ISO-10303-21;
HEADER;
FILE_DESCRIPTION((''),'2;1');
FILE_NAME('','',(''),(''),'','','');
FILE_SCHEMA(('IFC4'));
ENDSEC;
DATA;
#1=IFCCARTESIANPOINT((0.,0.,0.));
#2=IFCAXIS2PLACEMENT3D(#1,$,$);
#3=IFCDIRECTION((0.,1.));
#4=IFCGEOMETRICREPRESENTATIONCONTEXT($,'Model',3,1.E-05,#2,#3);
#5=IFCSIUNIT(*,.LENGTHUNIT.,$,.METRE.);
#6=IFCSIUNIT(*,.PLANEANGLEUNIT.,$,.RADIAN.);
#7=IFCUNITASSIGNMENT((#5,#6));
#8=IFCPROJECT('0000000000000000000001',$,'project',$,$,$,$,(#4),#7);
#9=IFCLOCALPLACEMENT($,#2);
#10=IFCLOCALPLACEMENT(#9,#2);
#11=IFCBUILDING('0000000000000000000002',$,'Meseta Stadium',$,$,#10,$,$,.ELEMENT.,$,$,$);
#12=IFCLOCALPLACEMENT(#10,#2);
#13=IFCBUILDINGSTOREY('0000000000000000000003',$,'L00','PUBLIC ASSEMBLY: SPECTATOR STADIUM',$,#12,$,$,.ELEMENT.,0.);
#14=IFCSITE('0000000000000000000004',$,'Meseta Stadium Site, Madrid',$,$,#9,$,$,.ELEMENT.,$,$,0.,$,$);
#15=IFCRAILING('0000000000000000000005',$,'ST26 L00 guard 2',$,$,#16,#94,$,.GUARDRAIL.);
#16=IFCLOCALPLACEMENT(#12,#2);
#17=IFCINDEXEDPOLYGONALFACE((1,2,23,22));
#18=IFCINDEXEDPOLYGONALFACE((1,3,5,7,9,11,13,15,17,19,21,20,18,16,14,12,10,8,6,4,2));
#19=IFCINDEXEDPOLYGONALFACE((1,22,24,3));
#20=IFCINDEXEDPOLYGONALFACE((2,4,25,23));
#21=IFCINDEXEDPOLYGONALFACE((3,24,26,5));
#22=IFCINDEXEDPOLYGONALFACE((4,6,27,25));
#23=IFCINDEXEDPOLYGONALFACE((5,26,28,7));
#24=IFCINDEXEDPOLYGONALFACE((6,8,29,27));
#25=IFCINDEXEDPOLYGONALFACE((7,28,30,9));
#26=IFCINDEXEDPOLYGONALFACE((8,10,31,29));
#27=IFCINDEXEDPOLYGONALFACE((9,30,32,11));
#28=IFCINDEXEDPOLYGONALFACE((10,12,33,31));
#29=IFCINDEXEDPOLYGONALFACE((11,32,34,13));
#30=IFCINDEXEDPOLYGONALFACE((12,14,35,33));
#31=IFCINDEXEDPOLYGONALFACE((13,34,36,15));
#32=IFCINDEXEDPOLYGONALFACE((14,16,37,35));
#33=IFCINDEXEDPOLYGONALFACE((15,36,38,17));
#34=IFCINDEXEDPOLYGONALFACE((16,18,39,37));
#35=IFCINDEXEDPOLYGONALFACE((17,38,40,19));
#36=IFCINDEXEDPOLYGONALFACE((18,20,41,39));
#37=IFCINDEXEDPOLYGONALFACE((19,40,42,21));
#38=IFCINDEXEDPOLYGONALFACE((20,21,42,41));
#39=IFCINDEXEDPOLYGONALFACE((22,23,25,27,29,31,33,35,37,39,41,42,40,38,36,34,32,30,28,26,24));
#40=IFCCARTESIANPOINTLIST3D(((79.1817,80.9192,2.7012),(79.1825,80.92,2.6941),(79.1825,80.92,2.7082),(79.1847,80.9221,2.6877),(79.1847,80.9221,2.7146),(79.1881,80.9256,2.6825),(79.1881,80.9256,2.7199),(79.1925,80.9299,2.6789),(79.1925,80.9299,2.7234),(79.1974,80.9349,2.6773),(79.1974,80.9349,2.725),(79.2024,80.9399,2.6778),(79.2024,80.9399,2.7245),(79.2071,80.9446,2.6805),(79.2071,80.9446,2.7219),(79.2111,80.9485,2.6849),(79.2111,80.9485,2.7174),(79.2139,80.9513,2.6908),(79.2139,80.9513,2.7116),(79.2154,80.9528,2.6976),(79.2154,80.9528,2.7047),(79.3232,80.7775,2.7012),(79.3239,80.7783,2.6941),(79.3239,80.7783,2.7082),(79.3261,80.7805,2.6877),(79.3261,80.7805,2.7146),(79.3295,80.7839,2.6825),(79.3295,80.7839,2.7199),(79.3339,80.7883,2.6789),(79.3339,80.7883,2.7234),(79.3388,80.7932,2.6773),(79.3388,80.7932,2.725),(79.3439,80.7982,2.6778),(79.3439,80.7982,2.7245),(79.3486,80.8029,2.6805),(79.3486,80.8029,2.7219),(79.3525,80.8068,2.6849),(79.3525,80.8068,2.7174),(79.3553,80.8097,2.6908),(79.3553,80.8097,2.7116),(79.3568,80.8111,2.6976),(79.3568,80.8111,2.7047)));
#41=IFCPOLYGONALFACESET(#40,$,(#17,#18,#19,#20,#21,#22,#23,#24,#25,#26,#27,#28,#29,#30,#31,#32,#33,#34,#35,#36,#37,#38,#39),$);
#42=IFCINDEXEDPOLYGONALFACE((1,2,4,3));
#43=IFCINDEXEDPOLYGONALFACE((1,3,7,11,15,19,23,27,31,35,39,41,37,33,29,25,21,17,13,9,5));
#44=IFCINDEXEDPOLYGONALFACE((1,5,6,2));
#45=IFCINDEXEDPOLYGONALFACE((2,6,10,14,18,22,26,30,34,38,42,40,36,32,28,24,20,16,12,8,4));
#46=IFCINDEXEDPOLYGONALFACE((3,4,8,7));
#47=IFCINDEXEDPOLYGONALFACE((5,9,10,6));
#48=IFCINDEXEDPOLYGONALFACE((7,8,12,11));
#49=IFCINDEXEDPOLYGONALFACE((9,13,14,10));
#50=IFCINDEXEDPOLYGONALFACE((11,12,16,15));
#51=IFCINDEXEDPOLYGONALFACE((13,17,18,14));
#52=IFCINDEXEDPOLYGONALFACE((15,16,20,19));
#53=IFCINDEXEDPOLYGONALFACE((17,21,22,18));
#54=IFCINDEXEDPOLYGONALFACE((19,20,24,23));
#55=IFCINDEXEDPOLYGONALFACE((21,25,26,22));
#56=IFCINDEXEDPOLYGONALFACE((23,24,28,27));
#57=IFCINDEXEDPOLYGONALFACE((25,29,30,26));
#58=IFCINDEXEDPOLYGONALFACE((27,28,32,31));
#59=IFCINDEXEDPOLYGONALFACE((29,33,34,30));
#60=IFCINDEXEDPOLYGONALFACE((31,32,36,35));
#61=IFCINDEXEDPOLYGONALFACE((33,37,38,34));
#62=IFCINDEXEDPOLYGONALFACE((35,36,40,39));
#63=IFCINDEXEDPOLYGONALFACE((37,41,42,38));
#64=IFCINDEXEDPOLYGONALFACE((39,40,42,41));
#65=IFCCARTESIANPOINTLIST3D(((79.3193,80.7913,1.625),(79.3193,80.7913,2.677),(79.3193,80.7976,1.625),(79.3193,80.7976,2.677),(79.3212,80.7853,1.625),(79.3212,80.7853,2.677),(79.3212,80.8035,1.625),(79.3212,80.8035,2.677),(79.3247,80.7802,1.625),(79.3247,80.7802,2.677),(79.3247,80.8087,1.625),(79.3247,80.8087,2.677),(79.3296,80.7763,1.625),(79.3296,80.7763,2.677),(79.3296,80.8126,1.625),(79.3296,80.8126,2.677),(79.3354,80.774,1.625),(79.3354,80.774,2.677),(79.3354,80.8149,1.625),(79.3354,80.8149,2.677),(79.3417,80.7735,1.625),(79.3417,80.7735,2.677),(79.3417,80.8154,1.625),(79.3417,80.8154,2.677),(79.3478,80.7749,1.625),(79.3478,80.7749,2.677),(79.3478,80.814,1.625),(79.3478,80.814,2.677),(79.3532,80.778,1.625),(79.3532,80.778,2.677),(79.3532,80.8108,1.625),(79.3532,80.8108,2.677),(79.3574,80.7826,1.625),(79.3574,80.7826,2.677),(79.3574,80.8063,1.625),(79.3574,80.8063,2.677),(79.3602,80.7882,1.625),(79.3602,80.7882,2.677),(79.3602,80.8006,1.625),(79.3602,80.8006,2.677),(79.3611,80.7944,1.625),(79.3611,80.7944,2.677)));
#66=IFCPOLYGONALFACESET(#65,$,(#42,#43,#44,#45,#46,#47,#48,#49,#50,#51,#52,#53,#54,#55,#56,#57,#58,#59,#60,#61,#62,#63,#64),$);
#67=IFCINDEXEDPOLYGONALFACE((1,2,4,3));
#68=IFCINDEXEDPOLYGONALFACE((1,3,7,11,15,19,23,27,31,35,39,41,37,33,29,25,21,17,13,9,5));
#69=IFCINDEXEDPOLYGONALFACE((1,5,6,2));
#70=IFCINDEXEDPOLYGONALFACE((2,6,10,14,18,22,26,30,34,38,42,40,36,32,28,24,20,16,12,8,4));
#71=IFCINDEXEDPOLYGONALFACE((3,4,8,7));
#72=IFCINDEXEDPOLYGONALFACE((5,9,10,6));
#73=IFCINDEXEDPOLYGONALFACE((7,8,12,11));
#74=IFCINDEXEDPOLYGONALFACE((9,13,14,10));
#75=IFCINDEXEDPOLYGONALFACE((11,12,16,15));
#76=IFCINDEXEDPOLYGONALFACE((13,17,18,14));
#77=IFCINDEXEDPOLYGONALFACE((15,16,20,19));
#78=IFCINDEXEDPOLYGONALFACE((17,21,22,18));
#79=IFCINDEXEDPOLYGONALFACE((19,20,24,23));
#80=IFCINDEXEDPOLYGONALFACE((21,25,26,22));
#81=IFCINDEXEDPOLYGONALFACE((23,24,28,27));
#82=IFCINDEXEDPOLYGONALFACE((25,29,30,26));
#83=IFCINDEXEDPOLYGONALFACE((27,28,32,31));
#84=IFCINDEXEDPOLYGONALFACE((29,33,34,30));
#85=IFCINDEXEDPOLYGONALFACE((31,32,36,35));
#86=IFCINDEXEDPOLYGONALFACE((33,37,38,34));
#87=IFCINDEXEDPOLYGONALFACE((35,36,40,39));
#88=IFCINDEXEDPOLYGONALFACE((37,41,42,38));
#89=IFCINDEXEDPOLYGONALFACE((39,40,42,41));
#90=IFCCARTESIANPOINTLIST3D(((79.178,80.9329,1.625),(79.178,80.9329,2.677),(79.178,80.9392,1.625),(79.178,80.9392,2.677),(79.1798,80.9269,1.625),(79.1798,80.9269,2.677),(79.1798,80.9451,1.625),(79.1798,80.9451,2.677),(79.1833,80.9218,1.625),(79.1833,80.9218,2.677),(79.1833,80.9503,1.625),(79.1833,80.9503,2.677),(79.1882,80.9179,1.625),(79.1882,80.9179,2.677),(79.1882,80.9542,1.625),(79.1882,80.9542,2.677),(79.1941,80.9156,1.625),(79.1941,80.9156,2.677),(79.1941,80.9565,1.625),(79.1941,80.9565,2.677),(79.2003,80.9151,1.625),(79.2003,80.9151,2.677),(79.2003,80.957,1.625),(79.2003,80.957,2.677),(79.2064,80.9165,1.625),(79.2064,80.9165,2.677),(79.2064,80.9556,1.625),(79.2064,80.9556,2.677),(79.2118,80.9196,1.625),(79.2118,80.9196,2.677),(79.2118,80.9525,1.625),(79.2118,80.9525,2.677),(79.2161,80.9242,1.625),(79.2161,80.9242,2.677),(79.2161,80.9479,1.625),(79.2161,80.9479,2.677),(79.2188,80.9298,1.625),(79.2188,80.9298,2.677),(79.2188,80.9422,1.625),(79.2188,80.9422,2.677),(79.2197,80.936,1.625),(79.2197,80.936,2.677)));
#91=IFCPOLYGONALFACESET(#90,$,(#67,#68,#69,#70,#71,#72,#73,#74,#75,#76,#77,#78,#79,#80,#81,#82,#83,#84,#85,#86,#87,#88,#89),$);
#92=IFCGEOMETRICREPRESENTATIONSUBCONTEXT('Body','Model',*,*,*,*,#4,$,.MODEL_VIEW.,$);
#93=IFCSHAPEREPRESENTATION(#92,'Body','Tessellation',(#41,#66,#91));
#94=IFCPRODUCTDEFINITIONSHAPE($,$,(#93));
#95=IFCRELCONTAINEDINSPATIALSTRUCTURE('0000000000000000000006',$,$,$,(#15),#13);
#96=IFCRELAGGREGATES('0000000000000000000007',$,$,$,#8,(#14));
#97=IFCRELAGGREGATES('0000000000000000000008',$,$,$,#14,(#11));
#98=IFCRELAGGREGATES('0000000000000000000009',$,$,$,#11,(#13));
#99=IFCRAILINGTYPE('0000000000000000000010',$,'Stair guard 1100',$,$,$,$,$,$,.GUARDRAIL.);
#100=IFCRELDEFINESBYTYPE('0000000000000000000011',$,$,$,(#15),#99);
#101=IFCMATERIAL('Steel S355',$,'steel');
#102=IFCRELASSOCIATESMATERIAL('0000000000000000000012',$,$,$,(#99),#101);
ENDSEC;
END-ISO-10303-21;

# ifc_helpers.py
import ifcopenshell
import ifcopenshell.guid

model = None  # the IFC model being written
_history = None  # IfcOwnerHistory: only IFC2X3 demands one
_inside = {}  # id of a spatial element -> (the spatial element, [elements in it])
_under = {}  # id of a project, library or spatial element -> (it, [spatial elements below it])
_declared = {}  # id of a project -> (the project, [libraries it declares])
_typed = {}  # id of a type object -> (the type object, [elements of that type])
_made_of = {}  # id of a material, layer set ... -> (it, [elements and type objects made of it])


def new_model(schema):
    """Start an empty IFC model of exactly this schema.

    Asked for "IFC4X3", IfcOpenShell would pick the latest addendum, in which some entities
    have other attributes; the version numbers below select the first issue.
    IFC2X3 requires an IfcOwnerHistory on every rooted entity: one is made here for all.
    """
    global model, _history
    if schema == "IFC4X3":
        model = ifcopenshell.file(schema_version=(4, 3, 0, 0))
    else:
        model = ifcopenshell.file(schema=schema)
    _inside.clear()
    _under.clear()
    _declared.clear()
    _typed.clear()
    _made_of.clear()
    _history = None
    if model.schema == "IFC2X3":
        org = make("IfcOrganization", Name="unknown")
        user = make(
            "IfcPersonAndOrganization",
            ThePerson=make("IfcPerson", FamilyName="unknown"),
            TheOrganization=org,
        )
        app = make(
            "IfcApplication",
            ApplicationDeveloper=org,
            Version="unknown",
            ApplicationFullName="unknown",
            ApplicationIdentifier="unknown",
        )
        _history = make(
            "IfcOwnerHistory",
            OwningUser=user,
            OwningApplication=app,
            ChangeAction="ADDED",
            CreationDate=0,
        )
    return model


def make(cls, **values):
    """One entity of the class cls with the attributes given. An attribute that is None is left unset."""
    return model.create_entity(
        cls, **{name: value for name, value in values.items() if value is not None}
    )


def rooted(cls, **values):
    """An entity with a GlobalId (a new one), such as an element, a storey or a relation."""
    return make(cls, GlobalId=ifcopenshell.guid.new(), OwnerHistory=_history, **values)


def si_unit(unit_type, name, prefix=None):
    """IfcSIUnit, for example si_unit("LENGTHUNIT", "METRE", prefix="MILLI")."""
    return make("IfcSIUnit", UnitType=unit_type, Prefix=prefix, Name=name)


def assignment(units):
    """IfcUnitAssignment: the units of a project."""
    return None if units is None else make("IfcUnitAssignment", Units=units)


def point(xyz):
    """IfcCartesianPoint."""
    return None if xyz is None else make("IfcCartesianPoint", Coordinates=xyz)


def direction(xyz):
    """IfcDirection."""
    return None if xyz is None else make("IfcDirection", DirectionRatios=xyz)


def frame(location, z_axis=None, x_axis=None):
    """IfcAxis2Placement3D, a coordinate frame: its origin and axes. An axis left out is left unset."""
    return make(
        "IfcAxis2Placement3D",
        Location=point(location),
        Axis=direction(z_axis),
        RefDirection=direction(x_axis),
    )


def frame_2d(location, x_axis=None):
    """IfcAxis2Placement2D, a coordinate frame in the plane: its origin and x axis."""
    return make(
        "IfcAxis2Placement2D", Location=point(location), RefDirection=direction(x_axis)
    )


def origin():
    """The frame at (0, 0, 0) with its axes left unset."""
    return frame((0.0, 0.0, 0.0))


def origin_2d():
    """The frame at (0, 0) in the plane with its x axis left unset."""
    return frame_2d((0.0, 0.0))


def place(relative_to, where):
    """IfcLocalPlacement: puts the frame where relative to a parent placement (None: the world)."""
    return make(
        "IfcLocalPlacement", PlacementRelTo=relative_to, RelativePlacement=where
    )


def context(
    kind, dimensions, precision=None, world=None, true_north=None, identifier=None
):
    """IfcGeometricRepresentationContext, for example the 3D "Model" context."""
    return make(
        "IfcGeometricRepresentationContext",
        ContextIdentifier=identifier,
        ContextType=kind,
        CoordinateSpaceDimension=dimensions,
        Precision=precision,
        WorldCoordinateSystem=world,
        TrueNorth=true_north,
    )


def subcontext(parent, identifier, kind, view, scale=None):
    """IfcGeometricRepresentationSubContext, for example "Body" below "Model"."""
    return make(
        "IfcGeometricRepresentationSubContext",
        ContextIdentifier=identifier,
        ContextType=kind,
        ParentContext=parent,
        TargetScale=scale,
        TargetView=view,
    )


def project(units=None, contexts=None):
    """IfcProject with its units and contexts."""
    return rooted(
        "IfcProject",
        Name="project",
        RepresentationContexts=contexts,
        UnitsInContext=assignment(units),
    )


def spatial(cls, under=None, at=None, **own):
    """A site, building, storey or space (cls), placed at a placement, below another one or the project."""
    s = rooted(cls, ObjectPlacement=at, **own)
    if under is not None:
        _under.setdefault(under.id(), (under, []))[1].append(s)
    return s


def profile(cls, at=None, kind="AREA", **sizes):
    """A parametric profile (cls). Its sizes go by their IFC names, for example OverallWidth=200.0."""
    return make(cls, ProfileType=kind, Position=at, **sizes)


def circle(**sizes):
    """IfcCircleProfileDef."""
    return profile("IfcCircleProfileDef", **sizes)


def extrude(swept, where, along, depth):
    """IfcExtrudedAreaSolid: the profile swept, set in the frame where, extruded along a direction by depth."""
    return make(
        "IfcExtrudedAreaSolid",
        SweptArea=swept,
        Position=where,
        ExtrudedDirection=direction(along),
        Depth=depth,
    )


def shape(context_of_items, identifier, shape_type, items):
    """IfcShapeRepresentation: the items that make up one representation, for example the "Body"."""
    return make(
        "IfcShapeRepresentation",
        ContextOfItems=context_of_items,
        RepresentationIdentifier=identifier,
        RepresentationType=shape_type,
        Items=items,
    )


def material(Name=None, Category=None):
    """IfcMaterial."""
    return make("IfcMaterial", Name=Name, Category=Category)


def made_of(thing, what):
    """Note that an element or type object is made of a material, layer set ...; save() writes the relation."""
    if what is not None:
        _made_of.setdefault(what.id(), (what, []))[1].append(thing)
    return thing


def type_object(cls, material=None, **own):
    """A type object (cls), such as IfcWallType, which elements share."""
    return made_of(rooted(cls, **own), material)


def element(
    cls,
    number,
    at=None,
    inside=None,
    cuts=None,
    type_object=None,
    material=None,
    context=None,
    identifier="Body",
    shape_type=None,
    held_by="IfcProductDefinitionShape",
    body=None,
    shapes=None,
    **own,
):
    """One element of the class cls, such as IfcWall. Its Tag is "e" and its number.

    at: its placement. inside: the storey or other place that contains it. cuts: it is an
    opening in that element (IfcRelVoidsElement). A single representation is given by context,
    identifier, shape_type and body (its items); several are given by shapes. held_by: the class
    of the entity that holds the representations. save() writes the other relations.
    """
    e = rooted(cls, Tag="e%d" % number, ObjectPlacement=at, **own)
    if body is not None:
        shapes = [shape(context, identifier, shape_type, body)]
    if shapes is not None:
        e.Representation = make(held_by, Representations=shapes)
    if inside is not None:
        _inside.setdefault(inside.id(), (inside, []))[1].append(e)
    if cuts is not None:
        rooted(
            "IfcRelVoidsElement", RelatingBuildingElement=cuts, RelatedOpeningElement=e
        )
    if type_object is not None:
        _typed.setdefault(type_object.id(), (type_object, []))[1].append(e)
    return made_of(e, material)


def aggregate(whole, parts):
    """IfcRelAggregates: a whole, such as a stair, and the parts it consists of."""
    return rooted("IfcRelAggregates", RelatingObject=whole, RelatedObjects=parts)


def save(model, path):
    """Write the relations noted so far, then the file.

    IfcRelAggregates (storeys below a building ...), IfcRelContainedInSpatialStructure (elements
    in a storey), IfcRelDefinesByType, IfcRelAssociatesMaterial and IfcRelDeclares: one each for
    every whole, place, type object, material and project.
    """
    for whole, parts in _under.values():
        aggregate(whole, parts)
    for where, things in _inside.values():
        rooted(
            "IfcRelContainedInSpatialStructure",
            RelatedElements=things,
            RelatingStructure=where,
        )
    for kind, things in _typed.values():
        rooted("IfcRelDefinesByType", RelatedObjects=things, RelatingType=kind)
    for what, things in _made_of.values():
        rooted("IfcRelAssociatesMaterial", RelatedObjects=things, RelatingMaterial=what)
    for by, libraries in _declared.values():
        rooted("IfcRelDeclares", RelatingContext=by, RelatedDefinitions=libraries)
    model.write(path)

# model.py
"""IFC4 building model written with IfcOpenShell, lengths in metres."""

from ifc_helpers import new_model, si_unit, direction, frame, origin, origin_2d, place, context, subcontext, project, spatial, circle, extrude, material, type_object, element, save


model = new_model("IFC4")

# Units and contexts
model_context = context("Model", 3, precision=1e-05, world=origin(), true_north=direction((0.0, 1.0)))
body_context = subcontext(model_context, "Body", "Model", "MODEL_VIEW")
ifc_project = project(units=[si_unit("LENGTHUNIT", "METRE"), si_unit("PLANEANGLEUNIT", "RADIAN")], contexts=[model_context])

# Site, building, storey
site_placement = place(None, origin())
site = spatial("IfcSite", under=ifc_project, at=site_placement, Name="Meseta Stadium Site, Madrid", CompositionType="ELEMENT", RefElevation=0.0)
building_placement = place(site_placement, origin())
building = spatial("IfcBuilding", under=site, at=building_placement, Name="Meseta Stadium", CompositionType="ELEMENT")
storey_placement = place(building_placement, origin())
storey = spatial("IfcBuildingStorey", under=building, at=storey_placement, Name="L00", Description="PUBLIC ASSEMBLY: SPECTATOR STADIUM", CompositionType="ELEMENT", Elevation=0.0)

# Railing
ifc_material_1 = material(Name="Steel S355", Category="steel")
railing_type_1 = type_object("IfcRailingType", Name="Stair guard 1100", PredefinedType="GUARDRAIL", material=ifc_material_1)
railing_1_placement = place(storey_placement, frame((79.3401, 80.7944, 1.625)))
element("IfcRailing", 1, at=railing_1_placement, inside=storey, type_object=railing_type_1, Name="ST26 L00 guard 2", PredefinedType="GUARDRAIL", context=body_context, shape_type="SweptSolid", body=[
    extrude(circle(Radius=0.0239, at=origin_2d()), frame((0.0, 0.0, 1.0762), z_axis=(-0.706496, 0.707717, 0.0), x_axis=(-0.707717, -0.706496, 0.0)), (0.0, 0.0, 1.0), 0.2002),
    extrude(circle(Radius=0.021, at=origin_2d()), origin(), (0.0, 0.0, 1.0), 1.052),
    extrude(circle(Radius=0.021, at=origin_2d()), frame((-0.1414, 0.1416, 0.0)), (0.0, 0.0, 1.0), 1.052),
])

save(model, "model.ifc")
